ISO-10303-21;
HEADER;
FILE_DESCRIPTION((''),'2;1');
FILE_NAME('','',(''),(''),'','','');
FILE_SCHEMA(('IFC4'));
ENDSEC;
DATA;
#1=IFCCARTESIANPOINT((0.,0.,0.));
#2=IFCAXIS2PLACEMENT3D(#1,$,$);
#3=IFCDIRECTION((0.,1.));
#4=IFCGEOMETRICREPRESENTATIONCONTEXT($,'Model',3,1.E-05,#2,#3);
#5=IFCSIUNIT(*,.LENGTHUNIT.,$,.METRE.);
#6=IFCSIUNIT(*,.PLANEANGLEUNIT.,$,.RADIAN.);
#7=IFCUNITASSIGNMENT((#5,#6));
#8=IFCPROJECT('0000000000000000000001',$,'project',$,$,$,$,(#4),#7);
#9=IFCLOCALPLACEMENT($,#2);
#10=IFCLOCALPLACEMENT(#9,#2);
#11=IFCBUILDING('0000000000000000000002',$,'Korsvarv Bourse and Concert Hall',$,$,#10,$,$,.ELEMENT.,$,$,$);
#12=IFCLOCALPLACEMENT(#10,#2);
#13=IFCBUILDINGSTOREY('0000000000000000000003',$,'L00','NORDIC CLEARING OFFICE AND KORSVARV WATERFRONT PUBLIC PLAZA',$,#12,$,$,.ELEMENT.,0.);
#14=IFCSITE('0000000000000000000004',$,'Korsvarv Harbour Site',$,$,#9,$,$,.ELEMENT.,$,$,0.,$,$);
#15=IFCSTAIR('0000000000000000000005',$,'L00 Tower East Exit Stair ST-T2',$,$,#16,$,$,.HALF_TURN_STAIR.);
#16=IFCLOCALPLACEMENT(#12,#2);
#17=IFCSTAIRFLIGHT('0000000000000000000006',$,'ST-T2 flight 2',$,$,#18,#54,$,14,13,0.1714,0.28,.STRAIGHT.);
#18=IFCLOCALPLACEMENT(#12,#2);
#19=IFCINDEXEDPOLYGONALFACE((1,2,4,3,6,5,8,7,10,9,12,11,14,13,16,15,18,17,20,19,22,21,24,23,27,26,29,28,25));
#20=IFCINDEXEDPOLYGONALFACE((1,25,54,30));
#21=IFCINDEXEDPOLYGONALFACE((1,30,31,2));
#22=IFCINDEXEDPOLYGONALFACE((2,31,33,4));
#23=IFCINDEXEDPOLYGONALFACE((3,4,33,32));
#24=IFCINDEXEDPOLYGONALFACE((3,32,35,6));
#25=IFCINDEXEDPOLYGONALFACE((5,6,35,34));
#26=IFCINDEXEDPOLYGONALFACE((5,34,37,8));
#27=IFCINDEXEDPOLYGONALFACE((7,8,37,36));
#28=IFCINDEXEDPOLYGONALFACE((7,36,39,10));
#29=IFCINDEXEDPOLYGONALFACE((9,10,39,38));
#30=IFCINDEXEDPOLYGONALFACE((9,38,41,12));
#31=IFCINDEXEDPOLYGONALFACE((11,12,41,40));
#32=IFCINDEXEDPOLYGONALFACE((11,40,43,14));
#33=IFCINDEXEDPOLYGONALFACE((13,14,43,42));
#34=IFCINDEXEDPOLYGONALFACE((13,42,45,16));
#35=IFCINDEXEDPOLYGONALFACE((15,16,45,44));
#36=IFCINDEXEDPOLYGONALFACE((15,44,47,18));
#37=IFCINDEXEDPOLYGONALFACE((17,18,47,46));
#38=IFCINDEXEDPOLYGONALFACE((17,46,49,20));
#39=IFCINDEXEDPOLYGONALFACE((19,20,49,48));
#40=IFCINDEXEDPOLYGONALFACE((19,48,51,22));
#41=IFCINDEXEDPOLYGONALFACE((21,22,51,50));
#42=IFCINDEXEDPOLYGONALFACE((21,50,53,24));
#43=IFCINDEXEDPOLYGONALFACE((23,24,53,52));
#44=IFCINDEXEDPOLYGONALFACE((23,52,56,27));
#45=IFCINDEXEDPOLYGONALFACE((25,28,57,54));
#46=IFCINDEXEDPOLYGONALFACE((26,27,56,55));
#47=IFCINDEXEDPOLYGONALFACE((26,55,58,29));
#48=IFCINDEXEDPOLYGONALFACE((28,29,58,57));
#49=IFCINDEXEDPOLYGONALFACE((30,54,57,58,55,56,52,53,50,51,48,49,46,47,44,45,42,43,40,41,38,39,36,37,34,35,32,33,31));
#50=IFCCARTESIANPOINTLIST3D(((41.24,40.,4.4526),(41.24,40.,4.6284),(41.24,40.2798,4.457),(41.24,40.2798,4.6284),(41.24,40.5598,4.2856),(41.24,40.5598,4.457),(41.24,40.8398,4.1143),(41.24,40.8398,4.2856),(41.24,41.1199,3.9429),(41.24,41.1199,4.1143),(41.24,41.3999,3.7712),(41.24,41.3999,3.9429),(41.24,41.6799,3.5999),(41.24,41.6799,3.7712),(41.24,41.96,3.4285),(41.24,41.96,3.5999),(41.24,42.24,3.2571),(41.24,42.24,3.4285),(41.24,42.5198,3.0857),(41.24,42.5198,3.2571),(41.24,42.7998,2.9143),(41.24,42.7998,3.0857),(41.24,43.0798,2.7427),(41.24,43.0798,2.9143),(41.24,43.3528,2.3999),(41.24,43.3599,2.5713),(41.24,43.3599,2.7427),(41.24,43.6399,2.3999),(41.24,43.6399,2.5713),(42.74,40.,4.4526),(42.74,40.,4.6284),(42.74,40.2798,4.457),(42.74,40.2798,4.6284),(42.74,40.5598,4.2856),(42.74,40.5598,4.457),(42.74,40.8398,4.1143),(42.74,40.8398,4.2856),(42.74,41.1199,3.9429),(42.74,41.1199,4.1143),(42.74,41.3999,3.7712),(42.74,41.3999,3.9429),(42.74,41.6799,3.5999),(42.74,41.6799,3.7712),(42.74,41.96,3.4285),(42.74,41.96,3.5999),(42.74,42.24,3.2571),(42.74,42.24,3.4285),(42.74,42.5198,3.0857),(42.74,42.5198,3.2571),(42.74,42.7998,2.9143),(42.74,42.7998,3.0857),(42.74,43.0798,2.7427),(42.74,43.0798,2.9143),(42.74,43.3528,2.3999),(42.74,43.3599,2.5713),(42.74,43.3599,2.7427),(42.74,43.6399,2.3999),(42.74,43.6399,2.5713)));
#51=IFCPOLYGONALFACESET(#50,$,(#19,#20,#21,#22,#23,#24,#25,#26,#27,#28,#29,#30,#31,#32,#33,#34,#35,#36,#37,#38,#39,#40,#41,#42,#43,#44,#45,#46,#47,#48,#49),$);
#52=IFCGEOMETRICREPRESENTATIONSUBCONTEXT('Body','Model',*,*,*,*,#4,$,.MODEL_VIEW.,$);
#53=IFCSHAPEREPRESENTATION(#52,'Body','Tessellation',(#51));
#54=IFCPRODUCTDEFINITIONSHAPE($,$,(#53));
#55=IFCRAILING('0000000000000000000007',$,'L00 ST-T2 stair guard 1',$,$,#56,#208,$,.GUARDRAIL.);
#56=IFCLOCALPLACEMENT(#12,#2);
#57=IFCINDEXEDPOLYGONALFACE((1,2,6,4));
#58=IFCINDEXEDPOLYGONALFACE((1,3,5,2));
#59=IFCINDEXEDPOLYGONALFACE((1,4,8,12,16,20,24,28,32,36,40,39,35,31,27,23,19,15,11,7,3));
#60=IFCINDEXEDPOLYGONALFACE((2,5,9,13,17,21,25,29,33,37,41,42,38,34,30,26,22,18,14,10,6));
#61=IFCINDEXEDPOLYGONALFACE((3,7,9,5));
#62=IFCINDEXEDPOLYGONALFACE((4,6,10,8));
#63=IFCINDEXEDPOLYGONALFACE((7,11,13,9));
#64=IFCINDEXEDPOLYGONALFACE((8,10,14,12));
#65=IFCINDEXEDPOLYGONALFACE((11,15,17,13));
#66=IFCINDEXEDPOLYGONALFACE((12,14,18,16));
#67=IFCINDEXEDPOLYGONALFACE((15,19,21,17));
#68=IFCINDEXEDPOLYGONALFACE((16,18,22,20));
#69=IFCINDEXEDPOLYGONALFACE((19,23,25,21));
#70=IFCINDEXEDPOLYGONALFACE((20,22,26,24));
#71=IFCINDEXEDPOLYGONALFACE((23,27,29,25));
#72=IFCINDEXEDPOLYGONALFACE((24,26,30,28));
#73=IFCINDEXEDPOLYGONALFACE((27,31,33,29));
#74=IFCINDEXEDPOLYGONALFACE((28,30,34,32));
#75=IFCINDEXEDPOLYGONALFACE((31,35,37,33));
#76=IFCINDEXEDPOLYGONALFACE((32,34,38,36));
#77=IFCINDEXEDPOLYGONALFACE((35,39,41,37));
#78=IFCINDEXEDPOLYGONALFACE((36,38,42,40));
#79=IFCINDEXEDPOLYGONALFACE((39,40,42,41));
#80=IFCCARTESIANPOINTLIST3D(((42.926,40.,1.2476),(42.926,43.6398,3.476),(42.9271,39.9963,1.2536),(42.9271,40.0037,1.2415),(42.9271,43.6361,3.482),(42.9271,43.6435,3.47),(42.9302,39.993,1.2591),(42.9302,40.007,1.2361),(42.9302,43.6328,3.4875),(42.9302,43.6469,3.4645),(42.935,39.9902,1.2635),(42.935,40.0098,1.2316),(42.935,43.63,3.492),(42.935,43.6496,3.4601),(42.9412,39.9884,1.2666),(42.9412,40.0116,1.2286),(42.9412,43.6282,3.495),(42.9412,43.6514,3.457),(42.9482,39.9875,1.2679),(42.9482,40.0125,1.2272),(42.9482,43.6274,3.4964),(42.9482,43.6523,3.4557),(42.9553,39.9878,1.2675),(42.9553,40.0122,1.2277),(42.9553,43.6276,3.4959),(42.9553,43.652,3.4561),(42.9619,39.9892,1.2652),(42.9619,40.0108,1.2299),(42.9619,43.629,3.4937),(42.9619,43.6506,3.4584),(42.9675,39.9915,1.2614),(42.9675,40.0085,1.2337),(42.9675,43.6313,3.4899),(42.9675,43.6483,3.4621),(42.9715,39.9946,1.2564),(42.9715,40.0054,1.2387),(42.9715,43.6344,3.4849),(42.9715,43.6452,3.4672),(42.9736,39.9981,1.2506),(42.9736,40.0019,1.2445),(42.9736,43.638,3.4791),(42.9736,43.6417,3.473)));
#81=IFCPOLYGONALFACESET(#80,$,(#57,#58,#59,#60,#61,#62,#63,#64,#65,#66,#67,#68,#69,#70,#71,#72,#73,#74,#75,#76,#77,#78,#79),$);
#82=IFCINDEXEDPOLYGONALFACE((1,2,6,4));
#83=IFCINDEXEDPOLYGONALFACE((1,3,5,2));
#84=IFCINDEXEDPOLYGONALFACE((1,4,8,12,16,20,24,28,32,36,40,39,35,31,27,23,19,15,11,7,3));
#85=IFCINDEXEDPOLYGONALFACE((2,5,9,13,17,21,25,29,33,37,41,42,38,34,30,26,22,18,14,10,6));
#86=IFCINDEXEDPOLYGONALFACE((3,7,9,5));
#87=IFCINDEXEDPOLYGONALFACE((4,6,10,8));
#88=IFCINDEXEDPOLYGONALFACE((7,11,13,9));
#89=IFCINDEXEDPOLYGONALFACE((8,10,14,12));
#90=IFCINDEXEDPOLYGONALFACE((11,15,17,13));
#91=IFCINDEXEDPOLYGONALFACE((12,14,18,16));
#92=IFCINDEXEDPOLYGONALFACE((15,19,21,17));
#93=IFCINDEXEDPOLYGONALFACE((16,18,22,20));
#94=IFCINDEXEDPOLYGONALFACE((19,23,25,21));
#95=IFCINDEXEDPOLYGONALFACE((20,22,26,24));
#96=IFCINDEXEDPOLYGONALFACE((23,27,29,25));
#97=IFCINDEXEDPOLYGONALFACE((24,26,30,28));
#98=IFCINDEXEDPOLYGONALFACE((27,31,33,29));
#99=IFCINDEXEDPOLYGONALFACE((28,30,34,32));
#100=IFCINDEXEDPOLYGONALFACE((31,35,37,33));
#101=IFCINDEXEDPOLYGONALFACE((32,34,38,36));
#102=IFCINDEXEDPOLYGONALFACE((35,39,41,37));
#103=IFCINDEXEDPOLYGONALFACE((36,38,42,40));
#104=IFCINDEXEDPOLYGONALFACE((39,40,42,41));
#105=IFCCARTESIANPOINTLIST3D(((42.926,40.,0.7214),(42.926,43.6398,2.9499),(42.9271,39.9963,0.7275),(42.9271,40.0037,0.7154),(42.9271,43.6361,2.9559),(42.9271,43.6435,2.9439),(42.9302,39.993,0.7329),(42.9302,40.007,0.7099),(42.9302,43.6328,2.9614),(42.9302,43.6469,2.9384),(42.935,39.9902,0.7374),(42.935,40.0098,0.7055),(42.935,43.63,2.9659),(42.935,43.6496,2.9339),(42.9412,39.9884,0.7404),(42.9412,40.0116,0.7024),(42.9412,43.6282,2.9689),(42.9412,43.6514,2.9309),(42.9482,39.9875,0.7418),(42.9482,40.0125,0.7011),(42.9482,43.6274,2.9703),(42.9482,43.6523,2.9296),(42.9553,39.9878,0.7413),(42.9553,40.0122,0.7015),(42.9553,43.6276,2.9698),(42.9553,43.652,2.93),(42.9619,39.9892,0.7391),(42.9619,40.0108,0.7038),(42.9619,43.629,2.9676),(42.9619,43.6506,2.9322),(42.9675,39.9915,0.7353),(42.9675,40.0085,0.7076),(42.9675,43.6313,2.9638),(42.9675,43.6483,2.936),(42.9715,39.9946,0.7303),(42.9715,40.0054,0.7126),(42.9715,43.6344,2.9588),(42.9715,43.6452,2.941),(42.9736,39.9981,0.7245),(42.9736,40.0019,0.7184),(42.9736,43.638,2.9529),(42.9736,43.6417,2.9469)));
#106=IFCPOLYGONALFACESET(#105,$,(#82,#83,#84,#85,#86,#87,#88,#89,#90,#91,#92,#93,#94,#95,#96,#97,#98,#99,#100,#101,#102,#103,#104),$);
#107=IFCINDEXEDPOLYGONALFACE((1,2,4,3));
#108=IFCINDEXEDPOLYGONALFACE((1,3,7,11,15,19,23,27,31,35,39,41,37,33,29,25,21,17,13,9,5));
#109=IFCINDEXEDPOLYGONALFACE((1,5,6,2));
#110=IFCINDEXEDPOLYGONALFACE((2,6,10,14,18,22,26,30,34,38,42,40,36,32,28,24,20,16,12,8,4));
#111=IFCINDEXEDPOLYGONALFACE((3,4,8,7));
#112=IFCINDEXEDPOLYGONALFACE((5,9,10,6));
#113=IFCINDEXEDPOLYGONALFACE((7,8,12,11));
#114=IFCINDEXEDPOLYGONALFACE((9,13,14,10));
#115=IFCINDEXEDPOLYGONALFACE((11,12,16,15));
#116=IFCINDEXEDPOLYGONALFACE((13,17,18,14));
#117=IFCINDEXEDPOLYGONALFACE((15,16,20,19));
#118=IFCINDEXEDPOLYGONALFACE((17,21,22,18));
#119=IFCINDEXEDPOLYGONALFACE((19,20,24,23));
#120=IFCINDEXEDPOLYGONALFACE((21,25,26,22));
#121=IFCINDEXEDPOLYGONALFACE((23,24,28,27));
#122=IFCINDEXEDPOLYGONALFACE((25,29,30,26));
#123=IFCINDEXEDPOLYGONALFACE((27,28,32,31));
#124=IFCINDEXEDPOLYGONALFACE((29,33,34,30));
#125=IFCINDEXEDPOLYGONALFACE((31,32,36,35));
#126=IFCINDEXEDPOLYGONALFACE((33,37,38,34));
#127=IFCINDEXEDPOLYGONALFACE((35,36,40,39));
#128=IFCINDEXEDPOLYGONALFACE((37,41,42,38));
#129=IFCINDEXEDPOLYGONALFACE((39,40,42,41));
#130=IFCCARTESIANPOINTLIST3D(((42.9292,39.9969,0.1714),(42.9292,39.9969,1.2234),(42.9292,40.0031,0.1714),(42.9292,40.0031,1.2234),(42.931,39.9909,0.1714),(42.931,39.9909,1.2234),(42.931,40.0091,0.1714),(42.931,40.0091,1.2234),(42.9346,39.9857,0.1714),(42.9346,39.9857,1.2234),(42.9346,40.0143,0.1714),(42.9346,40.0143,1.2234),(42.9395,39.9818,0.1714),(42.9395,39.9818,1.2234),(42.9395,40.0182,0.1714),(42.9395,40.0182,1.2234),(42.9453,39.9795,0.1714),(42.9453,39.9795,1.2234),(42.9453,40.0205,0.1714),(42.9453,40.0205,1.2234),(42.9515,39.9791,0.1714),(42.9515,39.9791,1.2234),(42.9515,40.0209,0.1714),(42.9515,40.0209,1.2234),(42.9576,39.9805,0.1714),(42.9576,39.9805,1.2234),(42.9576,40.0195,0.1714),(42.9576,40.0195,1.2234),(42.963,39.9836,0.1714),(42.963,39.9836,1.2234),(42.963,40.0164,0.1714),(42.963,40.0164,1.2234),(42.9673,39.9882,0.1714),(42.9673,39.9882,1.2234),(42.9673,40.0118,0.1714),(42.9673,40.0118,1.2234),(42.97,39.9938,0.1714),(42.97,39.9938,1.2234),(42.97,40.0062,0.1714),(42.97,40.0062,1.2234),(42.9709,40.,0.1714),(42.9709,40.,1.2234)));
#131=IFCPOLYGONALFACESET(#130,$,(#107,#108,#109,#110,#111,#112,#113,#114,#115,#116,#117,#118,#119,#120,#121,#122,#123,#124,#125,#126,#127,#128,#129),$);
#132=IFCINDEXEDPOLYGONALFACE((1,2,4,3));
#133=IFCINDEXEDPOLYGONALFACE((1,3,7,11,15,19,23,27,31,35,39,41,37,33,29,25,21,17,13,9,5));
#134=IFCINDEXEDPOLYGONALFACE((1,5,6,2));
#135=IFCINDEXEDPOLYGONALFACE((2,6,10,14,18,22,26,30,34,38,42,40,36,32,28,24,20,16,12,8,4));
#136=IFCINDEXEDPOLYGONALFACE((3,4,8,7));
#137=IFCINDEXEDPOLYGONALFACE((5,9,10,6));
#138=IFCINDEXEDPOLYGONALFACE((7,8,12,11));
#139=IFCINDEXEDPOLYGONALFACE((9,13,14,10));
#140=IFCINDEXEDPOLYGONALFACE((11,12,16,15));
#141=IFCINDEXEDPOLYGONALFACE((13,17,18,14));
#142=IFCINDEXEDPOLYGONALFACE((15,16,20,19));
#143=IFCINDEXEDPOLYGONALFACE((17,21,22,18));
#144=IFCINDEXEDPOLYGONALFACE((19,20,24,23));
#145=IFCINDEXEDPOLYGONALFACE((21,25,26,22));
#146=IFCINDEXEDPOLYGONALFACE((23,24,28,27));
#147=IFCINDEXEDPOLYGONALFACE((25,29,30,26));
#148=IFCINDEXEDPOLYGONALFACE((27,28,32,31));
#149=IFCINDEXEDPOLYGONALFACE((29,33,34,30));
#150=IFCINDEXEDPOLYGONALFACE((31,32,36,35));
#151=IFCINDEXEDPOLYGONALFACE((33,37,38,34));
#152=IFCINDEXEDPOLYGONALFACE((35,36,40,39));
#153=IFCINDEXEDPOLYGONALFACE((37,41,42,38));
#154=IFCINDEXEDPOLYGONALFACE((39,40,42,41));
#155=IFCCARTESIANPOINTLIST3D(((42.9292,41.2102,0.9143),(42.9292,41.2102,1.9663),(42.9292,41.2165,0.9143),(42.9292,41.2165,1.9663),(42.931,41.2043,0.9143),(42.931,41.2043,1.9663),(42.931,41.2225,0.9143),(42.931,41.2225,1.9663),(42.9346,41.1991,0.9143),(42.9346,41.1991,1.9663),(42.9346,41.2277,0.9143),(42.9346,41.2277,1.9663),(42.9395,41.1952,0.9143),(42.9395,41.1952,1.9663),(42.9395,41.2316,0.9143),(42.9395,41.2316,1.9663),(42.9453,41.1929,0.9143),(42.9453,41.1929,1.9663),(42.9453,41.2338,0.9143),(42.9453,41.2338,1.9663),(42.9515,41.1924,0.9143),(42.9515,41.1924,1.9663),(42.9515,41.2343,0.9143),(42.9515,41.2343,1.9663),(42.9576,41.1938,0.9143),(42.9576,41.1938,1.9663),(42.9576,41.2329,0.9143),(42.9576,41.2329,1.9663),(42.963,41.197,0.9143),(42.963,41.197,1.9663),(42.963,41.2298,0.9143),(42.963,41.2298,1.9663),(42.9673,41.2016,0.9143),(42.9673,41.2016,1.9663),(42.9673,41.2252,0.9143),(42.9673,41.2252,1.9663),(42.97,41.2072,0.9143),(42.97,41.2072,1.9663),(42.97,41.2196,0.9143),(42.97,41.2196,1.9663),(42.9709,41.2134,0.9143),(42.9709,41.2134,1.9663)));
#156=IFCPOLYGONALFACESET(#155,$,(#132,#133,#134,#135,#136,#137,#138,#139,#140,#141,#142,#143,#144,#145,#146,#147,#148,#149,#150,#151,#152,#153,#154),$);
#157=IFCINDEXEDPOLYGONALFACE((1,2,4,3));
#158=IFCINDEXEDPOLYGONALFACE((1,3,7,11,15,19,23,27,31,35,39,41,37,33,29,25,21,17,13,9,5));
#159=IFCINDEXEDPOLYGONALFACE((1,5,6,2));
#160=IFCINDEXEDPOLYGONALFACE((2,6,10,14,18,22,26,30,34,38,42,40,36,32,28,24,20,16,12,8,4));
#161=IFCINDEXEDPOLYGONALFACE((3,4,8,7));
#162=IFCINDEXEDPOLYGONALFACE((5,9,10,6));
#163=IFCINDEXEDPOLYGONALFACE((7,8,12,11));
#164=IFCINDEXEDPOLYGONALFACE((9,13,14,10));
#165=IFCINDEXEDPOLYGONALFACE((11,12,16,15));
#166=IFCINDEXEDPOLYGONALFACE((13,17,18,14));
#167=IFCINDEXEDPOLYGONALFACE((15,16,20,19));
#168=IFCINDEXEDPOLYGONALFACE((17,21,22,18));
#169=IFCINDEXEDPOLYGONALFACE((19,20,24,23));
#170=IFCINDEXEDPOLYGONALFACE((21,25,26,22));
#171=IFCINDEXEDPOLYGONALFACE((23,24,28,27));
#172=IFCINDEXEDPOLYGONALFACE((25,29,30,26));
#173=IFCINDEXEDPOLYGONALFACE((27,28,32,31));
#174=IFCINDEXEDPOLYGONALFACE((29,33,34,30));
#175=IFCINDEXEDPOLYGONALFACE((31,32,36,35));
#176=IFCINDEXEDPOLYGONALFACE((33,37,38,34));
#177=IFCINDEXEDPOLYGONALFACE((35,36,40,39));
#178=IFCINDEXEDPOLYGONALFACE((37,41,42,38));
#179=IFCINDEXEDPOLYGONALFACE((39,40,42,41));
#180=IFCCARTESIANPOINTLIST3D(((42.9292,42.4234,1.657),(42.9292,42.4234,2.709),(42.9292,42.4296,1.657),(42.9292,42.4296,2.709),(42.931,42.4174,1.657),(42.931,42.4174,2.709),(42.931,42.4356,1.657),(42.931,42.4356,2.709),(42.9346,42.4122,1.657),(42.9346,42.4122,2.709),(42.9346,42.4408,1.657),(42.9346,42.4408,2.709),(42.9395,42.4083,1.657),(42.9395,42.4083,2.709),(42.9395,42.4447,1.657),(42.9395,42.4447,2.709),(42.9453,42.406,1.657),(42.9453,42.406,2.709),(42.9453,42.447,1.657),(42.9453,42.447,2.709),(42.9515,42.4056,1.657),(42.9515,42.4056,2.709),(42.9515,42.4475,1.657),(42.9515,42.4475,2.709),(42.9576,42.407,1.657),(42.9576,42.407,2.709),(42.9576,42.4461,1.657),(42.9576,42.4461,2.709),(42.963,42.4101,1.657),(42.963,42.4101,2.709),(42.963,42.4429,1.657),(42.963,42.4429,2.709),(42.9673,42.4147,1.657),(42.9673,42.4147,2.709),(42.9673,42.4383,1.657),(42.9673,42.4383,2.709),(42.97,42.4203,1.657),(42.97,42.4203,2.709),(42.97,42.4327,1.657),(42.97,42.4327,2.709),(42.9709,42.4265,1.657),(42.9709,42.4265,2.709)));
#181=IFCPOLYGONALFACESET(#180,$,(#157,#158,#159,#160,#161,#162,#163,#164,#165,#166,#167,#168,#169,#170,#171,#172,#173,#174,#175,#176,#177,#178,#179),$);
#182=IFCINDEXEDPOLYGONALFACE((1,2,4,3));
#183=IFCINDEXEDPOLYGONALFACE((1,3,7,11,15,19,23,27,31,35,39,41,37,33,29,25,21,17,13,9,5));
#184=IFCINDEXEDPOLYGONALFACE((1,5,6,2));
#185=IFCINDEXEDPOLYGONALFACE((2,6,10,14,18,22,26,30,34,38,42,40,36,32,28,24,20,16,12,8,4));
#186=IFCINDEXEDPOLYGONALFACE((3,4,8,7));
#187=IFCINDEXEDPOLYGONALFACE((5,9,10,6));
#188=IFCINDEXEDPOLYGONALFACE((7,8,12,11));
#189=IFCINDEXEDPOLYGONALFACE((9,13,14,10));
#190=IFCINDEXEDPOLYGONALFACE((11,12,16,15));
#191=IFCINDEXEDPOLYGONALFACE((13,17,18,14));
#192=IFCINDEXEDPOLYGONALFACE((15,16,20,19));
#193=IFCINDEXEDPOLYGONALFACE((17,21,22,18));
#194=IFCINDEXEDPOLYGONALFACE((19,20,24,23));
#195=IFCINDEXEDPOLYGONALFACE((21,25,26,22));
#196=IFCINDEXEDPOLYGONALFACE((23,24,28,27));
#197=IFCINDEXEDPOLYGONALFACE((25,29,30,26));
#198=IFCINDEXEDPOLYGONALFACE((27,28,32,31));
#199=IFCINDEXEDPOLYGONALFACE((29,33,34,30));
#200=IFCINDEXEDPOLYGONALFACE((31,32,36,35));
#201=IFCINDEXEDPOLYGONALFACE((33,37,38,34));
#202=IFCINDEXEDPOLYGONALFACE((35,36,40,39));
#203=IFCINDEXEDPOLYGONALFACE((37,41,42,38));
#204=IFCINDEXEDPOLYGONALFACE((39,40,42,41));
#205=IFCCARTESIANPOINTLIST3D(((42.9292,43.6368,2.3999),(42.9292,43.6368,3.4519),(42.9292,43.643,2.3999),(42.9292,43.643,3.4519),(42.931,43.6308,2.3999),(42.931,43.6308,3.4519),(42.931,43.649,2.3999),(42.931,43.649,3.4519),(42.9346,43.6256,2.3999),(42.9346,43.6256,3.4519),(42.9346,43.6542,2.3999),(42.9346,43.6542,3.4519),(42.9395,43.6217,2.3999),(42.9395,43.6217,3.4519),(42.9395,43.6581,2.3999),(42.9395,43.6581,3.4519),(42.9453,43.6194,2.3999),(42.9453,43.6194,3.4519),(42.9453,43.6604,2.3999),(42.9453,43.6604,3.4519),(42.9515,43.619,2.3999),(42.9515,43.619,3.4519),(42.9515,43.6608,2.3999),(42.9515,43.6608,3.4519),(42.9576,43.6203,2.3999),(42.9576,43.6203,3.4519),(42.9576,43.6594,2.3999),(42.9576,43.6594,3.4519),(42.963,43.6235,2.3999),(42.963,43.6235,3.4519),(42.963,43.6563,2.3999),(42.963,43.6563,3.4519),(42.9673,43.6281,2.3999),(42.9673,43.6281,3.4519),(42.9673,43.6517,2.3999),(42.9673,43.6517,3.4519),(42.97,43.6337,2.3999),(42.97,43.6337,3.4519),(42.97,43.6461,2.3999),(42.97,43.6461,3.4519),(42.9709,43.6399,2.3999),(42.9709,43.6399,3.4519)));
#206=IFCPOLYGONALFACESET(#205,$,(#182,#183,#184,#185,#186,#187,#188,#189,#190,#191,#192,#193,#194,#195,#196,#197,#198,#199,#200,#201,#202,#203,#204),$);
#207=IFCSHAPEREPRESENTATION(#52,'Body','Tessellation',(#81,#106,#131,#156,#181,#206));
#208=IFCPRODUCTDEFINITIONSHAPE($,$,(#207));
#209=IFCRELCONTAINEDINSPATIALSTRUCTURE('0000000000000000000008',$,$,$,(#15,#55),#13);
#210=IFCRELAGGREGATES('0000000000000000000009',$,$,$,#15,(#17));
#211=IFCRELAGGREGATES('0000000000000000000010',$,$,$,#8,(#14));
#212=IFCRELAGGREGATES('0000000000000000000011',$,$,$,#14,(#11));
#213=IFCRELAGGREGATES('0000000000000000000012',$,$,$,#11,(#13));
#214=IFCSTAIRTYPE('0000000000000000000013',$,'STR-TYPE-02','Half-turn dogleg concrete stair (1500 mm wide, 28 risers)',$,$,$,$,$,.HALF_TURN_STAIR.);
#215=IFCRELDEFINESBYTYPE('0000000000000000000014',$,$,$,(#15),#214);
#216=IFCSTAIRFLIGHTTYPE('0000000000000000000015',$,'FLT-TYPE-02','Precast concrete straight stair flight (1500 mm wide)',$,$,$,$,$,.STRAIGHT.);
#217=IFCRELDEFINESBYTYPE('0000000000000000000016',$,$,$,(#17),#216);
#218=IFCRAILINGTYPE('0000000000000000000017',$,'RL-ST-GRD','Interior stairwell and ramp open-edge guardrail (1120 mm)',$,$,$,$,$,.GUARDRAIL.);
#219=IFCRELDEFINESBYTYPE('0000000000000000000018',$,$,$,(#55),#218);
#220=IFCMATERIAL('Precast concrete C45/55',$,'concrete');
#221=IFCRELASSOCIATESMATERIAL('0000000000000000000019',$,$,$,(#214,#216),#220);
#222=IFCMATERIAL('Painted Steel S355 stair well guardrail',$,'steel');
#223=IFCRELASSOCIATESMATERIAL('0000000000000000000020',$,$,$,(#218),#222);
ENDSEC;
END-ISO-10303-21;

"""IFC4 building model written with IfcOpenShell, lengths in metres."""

from ifc_helpers import new_model, si_unit, direction, frame, origin, origin_2d, place, context, subcontext, project, spatial, polyline, circle, outline, extrude, material, type_object, element, aggregate, save


model = new_model("IFC4")

# Units and contexts
model_context = context("Model", 3, precision=1e-05, world=origin(), true_north=direction((0.0, 1.0)))
body_context = subcontext(model_context, "Body", "Model", "MODEL_VIEW")
ifc_project = project(units=[si_unit("LENGTHUNIT", "METRE"), si_unit("PLANEANGLEUNIT", "RADIAN")], contexts=[model_context])

# Site, building, storey
site_placement = place(None, origin())
site = spatial("IfcSite", under=ifc_project, at=site_placement, Name="Korsvarv Harbour Site", CompositionType="ELEMENT", RefElevation=0.0)
building_placement = place(site_placement, origin())
building = spatial("IfcBuilding", under=site, at=building_placement, Name="Korsvarv Bourse and Concert Hall", CompositionType="ELEMENT")
storey_placement = place(building_placement, origin())
storey = spatial("IfcBuildingStorey", under=building, at=storey_placement, Name="L00", Description="NORDIC CLEARING OFFICE AND KORSVARV WATERFRONT PUBLIC PLAZA", CompositionType="ELEMENT", Elevation=0.0)

# Shared definitions
ifc_material_1 = material(Name="Precast concrete C45/55", Category="concrete")
stair_type = type_object("IfcStairType", Name="STR-TYPE-02", Description="Half-turn dogleg concrete stair (1500 mm wide, 28 risers)", PredefinedType="HALF_TURN_STAIR", material=ifc_material_1)
stair_flight_type = type_object("IfcStairFlightType", Name="FLT-TYPE-02", Description="Precast concrete straight stair flight (1500 mm wide)", PredefinedType="STRAIGHT", material=ifc_material_1)

# Stair, stair flight
stair_1_placement = place(storey_placement, origin())
stair_1 = element("IfcStair", 1, at=stair_1_placement, inside=storey, type_object=stair_type, Name="L00 Tower East Exit Stair ST-T2", PredefinedType="HALF_TURN_STAIR")
stair_flight_1_placement = place(storey_placement, frame((41.99, 43.6399, 2.3999), z_axis=(0.0, 0.0, 1.0), x_axis=(0.0, -1.0, 0.0)))
stair_flight_1 = element("IfcStairFlight", 2, at=stair_flight_1_placement, type_object=stair_flight_type, Name="ST-T2 flight 2", NumberOfRisers=14, NumberOfTreads=13, PredefinedType="STRAIGHT", RiserHeight=0.1714, TreadLength=0.28, context=body_context, shape_type="SweptSolid", body=[
    extrude(outline(polyline([(0.0, 0.0), (0.0, 0.1714), (0.28, 0.1714), (0.28, 0.3428), (0.5601, 0.3428), (0.5601, 0.5144), (0.8401, 0.5144), (0.8401, 0.6858), (1.1201, 0.6858), (1.1201, 0.8572), (1.3999, 0.8572), (1.3999, 1.0286), (1.6799, 1.0286), (1.6799, 1.2), (1.96, 1.2), (1.96, 1.3713), (2.24, 1.3713), (2.24, 1.543), (2.52, 1.543), (2.52, 1.7144), (2.8, 1.7144), (2.8, 1.8857), (3.0801, 1.8857), (3.0801, 2.0571), (3.3601, 2.0571), (3.3601, 2.2285), (3.6399, 2.2285), (3.6399, 2.3999), (3.6399, 2.0527), (0.2871, 0.0), (0.0, 0.0)])), frame((0.0, 0.75, 0.0), z_axis=(0.0, -1.0, 0.0), x_axis=(1.0, 0.0, 0.0)), (0.0, 0.0, 1.0), 1.5),
])
aggregate(stair_1, [stair_flight_1])

# Railing
ifc_material_2 = material(Name="Painted Steel S355 stair well guardrail", Category="steel")
railing_type_1 = type_object("IfcRailingType", Name="RL-ST-GRD", Description="Interior stairwell and ramp open-edge guardrail (1120 mm)", PredefinedType="GUARDRAIL", material=ifc_material_2)
railing_1_placement = place(storey_placement, frame((42.95, 40.0, 0.1714)))
element("IfcRailing", 3, at=railing_1_placement, inside=storey, type_object=railing_type_1, Name="L00 ST-T2 stair guard 1", PredefinedType="GUARDRAIL", context=body_context, shape_type="SweptSolid", body=[
    extrude(circle(Radius=0.0239, at=origin_2d()), frame((0.0, 0.0, 1.0762), z_axis=(0.0, 0.85285, 0.522156), x_axis=(-1.0, 0.0, 0.0)), (0.0, 0.0, 1.0), 4.2678),
    extrude(circle(Radius=0.0239, at=origin_2d()), frame((0.0, 0.0, 0.55), z_axis=(0.0, 0.85285, 0.522156), x_axis=(-1.0, 0.0, 0.0)), (0.0, 0.0, 1.0), 4.2678),
    extrude(circle(Radius=0.021, at=origin_2d()), origin(), (0.0, 0.0, 1.0), 1.052),
    extrude(circle(Radius=0.021, at=origin_2d()), frame((0.0, 1.2134, 0.7429)), (0.0, 0.0, 1.0), 1.052),
    extrude(circle(Radius=0.021, at=origin_2d()), frame((0.0, 2.4265, 1.4856)), (0.0, 0.0, 1.0), 1.052),
    extrude(circle(Radius=0.021, at=origin_2d()), frame((0.0, 3.6399, 2.2285)), (0.0, 0.0, 1.0), 1.052),
])

save(model, "model.ifc")
